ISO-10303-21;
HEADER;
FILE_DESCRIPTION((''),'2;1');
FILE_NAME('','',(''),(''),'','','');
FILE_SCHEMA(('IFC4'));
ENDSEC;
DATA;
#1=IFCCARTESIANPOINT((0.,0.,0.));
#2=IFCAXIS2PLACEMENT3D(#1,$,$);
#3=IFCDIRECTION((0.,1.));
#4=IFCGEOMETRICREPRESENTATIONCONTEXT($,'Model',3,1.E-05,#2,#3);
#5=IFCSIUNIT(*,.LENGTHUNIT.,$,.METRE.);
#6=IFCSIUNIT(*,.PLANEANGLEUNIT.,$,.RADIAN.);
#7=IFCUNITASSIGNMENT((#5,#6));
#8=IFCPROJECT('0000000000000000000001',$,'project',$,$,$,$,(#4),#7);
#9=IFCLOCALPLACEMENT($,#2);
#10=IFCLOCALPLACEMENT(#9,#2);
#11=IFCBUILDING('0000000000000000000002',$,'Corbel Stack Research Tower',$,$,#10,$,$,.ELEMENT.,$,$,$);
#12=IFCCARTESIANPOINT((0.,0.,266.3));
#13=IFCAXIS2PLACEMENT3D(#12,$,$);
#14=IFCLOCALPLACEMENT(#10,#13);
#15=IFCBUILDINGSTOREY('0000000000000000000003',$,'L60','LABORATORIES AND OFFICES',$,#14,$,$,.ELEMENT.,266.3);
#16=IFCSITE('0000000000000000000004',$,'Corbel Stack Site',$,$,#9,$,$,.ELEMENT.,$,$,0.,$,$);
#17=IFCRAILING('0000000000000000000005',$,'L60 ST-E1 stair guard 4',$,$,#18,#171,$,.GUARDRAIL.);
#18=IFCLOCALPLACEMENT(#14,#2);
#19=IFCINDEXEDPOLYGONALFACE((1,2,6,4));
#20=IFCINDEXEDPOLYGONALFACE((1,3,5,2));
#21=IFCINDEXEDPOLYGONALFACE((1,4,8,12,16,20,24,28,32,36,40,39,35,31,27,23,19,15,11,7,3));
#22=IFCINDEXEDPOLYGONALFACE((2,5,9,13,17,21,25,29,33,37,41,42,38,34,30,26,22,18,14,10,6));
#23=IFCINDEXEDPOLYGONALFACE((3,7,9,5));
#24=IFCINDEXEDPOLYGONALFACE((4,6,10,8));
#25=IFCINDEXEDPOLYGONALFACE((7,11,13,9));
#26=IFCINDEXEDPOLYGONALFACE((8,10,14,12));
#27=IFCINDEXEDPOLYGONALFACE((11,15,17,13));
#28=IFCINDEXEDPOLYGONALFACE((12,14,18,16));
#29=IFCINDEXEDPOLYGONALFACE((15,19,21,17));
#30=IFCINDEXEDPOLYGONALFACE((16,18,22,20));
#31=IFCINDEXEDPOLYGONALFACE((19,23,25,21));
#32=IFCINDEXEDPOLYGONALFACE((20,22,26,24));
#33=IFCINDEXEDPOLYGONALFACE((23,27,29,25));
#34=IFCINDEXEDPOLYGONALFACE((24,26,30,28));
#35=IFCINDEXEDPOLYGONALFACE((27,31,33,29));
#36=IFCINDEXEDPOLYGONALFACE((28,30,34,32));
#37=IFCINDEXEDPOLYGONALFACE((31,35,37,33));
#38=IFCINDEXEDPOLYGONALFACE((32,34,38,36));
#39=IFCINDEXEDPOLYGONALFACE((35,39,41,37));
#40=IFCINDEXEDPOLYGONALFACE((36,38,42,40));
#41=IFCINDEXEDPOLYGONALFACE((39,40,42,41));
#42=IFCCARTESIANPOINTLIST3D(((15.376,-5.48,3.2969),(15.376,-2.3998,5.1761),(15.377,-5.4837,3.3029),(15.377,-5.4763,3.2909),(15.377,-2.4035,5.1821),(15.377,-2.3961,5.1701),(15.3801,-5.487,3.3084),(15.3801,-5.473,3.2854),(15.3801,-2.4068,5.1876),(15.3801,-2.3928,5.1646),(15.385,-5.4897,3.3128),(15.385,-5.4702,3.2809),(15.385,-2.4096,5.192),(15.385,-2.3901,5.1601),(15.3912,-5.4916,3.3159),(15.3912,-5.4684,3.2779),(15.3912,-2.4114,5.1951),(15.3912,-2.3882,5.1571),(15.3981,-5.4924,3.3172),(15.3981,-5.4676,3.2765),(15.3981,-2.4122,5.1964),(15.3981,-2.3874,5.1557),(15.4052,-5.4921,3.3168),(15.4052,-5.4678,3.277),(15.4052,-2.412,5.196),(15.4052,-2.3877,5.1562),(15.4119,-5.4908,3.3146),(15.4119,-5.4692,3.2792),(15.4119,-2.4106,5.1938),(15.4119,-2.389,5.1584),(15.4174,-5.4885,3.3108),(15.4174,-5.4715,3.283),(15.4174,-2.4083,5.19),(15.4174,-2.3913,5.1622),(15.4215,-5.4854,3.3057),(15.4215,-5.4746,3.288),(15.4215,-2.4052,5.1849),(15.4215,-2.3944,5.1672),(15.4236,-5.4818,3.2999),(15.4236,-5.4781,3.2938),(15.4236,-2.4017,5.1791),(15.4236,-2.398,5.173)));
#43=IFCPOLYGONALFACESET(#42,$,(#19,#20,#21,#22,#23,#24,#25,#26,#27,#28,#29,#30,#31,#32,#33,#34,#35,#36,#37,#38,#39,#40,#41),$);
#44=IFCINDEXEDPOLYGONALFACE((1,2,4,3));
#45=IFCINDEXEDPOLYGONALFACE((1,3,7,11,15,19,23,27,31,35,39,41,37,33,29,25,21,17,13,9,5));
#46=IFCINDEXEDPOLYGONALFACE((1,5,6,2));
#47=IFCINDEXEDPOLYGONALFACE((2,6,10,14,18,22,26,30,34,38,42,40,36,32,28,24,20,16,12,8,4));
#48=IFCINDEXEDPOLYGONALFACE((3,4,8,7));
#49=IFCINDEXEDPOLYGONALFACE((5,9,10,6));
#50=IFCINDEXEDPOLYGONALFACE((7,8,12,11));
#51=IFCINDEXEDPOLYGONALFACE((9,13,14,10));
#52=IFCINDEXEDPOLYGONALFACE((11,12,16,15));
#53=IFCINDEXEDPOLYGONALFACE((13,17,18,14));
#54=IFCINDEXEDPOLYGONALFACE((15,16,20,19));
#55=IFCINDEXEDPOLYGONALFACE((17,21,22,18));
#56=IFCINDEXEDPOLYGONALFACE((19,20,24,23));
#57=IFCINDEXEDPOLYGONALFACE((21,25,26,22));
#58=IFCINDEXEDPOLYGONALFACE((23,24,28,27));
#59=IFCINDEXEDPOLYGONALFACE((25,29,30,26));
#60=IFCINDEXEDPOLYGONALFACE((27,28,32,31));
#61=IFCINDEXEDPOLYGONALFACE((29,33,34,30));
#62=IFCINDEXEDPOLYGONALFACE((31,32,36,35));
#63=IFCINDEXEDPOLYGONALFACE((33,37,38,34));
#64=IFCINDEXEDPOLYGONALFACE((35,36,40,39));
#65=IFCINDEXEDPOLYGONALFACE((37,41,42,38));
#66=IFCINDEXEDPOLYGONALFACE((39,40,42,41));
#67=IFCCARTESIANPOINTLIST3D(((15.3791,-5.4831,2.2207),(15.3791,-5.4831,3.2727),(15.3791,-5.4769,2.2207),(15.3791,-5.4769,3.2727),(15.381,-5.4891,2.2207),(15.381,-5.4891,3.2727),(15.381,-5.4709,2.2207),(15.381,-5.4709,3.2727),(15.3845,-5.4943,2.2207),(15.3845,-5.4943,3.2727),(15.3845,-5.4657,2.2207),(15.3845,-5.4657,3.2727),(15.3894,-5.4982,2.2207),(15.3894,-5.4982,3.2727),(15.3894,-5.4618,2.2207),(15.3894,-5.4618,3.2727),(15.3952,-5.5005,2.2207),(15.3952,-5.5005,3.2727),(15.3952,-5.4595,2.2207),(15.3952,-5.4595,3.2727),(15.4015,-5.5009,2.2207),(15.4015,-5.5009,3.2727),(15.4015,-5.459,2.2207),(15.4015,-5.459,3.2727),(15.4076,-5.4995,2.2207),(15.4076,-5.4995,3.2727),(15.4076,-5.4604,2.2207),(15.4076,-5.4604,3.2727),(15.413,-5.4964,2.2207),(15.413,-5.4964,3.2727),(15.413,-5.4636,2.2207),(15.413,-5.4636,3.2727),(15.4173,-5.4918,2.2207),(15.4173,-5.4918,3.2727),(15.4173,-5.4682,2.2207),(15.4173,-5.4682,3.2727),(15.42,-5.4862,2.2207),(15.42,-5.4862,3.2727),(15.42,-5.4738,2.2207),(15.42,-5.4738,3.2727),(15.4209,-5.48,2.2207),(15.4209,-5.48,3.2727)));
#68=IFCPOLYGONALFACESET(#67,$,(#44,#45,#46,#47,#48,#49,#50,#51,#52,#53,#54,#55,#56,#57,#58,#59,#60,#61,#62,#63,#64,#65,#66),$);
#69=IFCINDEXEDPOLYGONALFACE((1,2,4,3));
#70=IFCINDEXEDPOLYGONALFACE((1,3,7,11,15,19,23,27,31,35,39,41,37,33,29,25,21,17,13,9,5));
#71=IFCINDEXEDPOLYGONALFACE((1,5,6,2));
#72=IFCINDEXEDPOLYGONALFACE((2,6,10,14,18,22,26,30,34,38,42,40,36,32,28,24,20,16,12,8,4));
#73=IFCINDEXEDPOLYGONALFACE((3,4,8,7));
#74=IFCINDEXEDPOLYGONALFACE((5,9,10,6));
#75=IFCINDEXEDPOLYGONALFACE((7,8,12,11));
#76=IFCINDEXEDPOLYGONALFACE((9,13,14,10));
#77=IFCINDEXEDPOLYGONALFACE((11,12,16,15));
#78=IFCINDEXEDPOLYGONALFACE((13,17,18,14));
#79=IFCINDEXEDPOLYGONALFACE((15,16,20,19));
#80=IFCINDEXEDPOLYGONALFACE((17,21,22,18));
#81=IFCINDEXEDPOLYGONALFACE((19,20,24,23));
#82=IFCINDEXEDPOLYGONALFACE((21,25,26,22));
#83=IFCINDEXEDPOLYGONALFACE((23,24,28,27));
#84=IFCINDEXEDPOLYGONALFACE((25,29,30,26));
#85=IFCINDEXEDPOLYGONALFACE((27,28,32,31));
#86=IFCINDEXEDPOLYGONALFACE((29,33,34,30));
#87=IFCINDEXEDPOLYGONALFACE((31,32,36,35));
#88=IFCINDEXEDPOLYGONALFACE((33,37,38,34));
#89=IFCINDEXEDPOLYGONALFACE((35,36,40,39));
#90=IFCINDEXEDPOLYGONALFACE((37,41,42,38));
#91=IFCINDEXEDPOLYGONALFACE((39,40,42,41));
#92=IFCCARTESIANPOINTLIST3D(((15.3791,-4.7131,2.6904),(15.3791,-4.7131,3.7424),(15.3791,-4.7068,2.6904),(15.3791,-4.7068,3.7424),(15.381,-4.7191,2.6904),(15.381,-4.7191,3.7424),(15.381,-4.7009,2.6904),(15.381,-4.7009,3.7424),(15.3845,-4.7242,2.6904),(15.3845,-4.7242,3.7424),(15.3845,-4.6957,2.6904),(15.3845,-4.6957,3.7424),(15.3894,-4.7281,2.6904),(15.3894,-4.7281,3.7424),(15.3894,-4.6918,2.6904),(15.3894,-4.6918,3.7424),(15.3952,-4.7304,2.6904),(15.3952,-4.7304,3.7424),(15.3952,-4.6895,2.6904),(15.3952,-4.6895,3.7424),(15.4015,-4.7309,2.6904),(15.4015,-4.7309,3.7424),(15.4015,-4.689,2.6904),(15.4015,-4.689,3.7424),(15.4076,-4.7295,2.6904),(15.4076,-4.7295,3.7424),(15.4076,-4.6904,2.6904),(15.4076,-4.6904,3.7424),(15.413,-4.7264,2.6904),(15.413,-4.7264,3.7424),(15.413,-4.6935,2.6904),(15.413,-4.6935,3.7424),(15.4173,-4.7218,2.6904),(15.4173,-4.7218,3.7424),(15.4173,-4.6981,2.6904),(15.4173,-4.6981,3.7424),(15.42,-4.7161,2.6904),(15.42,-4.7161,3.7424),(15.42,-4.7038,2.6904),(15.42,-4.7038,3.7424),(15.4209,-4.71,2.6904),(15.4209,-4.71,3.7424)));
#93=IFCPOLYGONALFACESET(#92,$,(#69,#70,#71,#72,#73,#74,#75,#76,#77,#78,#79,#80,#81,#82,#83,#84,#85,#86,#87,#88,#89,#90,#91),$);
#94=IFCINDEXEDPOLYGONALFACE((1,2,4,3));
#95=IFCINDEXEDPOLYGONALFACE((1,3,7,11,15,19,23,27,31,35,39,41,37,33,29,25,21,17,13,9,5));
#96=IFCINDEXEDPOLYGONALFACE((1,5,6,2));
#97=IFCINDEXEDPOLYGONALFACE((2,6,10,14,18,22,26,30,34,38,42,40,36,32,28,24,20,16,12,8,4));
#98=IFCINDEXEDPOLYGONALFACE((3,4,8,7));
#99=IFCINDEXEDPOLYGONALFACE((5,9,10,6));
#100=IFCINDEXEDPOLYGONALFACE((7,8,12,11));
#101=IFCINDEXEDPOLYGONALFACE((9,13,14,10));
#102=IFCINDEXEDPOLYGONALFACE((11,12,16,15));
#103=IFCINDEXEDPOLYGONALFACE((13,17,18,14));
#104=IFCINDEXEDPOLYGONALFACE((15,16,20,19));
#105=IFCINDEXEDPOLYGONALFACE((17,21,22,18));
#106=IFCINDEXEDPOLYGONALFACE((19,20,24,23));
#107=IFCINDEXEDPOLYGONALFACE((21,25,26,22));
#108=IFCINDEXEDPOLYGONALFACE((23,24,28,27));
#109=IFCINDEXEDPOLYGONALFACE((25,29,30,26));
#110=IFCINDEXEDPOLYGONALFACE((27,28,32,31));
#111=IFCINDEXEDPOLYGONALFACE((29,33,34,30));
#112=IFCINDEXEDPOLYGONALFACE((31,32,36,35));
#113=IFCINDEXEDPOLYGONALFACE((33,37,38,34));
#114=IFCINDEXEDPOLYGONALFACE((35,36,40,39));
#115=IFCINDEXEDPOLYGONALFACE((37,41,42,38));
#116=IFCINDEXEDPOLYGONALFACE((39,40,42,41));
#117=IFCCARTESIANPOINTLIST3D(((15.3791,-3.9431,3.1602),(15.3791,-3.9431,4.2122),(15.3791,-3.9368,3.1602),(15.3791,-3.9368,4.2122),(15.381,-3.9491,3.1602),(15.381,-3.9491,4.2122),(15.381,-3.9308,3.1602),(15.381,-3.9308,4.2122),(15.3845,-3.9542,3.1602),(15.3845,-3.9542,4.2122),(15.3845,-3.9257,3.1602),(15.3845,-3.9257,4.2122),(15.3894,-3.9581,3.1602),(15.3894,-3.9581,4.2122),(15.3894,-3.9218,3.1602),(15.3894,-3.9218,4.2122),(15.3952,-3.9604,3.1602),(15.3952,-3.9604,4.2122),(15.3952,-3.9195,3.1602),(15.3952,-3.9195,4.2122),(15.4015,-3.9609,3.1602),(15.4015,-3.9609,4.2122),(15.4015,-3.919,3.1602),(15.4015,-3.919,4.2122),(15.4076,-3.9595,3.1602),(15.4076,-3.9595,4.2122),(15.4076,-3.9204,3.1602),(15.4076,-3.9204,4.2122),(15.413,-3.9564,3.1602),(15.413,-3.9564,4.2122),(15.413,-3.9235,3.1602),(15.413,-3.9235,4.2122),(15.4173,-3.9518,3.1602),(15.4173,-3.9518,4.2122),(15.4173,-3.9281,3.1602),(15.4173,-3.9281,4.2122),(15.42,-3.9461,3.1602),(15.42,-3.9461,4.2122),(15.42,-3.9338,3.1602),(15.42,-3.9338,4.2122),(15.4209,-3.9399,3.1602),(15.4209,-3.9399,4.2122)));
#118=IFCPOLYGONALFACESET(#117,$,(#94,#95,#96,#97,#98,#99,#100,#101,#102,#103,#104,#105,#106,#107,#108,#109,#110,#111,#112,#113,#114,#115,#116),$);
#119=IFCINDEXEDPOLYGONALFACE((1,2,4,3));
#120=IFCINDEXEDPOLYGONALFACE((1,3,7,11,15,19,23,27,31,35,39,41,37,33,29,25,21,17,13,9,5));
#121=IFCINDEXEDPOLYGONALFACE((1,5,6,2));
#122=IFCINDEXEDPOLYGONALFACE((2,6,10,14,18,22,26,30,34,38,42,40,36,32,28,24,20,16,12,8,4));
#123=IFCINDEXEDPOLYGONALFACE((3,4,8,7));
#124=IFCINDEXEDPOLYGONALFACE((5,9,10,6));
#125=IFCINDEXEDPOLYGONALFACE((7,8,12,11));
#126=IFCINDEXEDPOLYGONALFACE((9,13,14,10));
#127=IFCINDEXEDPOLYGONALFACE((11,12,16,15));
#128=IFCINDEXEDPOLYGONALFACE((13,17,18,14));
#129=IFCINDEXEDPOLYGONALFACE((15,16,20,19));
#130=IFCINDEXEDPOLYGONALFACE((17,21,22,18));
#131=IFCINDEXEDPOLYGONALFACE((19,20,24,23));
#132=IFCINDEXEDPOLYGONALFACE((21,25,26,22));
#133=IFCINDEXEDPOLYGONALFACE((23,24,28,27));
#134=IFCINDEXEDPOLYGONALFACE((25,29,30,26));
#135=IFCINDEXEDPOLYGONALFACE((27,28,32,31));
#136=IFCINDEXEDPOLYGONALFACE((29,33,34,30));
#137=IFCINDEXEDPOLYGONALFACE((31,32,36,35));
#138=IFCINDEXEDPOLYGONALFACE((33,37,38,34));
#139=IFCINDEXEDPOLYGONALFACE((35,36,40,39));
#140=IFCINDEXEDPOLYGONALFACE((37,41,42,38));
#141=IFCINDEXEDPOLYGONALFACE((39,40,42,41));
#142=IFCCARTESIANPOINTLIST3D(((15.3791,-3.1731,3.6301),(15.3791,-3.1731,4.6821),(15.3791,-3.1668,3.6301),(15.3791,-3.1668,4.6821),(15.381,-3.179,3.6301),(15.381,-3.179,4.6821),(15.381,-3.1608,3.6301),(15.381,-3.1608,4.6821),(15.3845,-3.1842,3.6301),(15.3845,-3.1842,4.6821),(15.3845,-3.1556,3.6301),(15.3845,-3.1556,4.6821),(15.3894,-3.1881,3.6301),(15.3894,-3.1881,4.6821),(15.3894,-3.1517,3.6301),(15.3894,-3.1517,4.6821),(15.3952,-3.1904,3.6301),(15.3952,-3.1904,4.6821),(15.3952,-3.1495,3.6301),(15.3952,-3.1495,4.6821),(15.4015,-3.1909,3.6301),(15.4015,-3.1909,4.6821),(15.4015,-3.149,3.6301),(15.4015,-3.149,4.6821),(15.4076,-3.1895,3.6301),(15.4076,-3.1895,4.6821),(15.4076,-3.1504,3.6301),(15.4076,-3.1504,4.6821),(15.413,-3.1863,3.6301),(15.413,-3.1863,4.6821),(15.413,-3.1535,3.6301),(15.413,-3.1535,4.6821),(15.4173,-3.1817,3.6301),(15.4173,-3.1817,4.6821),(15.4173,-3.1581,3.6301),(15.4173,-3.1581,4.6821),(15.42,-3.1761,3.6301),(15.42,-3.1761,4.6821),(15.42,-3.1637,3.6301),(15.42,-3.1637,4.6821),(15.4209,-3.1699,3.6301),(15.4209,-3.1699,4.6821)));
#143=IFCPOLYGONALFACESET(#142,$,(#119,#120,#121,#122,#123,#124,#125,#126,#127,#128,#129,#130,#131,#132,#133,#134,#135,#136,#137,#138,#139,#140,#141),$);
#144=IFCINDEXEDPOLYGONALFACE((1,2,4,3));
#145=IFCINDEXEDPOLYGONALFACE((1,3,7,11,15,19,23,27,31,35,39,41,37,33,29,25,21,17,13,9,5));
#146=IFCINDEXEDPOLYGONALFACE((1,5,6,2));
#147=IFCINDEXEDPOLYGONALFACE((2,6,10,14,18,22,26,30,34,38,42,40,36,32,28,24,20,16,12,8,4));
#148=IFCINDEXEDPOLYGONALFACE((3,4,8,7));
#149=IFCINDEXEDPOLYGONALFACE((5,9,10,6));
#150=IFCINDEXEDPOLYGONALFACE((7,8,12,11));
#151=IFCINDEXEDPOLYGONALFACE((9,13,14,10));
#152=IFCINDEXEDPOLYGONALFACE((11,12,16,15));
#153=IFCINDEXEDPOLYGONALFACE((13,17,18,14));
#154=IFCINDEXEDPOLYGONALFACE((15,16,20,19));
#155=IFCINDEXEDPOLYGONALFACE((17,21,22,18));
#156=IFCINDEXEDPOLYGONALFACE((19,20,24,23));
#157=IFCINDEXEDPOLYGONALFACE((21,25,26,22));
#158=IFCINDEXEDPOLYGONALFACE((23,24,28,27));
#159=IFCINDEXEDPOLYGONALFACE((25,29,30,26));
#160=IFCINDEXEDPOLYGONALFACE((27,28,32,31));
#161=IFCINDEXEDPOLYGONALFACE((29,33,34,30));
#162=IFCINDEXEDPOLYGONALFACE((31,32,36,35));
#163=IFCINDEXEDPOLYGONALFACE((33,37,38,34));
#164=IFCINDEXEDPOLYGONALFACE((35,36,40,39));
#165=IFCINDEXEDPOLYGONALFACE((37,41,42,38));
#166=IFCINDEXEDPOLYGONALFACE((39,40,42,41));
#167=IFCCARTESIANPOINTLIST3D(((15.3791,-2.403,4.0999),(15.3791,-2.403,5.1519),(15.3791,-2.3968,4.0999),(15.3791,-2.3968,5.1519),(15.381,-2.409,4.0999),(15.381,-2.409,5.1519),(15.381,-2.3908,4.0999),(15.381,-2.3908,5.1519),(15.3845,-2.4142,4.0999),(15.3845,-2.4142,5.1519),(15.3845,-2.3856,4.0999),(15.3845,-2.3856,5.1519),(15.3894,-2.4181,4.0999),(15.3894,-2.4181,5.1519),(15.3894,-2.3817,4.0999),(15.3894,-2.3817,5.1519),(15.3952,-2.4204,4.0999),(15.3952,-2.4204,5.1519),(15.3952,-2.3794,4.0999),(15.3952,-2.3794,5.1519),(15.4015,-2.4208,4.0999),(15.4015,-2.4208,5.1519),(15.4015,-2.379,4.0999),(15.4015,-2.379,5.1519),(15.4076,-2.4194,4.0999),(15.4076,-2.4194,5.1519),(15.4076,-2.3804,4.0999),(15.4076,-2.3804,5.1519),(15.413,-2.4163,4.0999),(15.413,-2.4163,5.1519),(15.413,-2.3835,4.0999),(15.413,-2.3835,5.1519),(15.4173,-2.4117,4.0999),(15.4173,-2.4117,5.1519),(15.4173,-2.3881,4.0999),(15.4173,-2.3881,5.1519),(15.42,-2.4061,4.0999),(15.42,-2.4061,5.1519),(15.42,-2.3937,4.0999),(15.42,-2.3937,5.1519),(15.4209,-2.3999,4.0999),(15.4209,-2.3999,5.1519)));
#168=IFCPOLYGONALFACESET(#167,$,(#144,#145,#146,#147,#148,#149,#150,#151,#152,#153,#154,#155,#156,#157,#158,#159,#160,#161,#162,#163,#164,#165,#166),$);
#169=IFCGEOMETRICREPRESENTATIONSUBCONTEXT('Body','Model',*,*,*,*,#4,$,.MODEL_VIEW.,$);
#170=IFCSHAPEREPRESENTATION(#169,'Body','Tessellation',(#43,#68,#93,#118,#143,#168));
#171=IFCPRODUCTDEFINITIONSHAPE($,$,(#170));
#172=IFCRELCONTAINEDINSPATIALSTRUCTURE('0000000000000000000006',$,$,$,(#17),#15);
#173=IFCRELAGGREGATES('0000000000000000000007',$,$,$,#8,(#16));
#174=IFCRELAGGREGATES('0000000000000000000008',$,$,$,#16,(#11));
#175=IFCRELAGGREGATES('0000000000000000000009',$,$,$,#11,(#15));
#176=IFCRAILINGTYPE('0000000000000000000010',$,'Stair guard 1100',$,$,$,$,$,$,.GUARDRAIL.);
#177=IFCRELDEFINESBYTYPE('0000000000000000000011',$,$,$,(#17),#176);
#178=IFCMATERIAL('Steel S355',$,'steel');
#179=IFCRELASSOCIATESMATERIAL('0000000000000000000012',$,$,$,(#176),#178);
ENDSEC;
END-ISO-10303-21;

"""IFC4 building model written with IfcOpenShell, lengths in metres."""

from ifc_helpers import new_model, si_unit, direction, frame, origin, origin_2d, place, context, subcontext, project, spatial, circle, extrude, material, type_object, element, save


model = new_model("IFC4")

# Units and contexts
model_context = context("Model", 3, precision=1e-05, world=origin(), true_north=direction((0.0, 1.0)))
body_context = subcontext(model_context, "Body", "Model", "MODEL_VIEW")
ifc_project = project(units=[si_unit("LENGTHUNIT", "METRE"), si_unit("PLANEANGLEUNIT", "RADIAN")], contexts=[model_context])

# Site, building, storey
site_placement = place(None, origin())
site = spatial("IfcSite", under=ifc_project, at=site_placement, Name="Corbel Stack Site", CompositionType="ELEMENT", RefElevation=0.0)
building_placement = place(site_placement, origin())
building = spatial("IfcBuilding", under=site, at=building_placement, Name="Corbel Stack Research Tower", CompositionType="ELEMENT")
storey_placement = place(building_placement, frame((0.0, 0.0, 266.3)))
storey = spatial("IfcBuildingStorey", under=building, at=storey_placement, Name="L60", Description="LABORATORIES AND OFFICES", CompositionType="ELEMENT", Elevation=266.3)

# Railing
ifc_material_1 = material(Name="Steel S355", Category="steel")
railing_type_1 = type_object("IfcRailingType", Name="Stair guard 1100", PredefinedType="GUARDRAIL", material=ifc_material_1)
railing_1_placement = place(storey_placement, frame((15.3999, -5.48, 2.2207)))
element("IfcRailing", 1, at=railing_1_placement, inside=storey, type_object=railing_type_1, Name="L60 ST-E1 stair guard 4", PredefinedType="GUARDRAIL", context=body_context, shape_type="SweptSolid", body=[
    extrude(circle(Radius=0.0239, at=origin_2d()), frame((0.0, 0.0, 1.0762), z_axis=(0.0, 0.853666, 0.52082), x_axis=(-1.0, 0.0, 0.0)), (0.0, 0.0, 1.0), 3.6082),
    extrude(circle(Radius=0.021, at=origin_2d()), origin(), (0.0, 0.0, 1.0), 1.052),
    extrude(circle(Radius=0.021, at=origin_2d()), frame((0.0, 0.77, 0.4697)), (0.0, 0.0, 1.0), 1.052),
    extrude(circle(Radius=0.021, at=origin_2d()), frame((0.0, 1.54, 0.9395)), (0.0, 0.0, 1.0), 1.052),
    extrude(circle(Radius=0.021, at=origin_2d()), frame((0.0, 2.3101, 1.4094)), (0.0, 0.0, 1.0), 1.052),
    extrude(circle(Radius=0.021, at=origin_2d()), frame((0.0, 3.0801, 1.8792)), (0.0, 0.0, 1.0), 1.052),
])

save(model, "model.ifc")
